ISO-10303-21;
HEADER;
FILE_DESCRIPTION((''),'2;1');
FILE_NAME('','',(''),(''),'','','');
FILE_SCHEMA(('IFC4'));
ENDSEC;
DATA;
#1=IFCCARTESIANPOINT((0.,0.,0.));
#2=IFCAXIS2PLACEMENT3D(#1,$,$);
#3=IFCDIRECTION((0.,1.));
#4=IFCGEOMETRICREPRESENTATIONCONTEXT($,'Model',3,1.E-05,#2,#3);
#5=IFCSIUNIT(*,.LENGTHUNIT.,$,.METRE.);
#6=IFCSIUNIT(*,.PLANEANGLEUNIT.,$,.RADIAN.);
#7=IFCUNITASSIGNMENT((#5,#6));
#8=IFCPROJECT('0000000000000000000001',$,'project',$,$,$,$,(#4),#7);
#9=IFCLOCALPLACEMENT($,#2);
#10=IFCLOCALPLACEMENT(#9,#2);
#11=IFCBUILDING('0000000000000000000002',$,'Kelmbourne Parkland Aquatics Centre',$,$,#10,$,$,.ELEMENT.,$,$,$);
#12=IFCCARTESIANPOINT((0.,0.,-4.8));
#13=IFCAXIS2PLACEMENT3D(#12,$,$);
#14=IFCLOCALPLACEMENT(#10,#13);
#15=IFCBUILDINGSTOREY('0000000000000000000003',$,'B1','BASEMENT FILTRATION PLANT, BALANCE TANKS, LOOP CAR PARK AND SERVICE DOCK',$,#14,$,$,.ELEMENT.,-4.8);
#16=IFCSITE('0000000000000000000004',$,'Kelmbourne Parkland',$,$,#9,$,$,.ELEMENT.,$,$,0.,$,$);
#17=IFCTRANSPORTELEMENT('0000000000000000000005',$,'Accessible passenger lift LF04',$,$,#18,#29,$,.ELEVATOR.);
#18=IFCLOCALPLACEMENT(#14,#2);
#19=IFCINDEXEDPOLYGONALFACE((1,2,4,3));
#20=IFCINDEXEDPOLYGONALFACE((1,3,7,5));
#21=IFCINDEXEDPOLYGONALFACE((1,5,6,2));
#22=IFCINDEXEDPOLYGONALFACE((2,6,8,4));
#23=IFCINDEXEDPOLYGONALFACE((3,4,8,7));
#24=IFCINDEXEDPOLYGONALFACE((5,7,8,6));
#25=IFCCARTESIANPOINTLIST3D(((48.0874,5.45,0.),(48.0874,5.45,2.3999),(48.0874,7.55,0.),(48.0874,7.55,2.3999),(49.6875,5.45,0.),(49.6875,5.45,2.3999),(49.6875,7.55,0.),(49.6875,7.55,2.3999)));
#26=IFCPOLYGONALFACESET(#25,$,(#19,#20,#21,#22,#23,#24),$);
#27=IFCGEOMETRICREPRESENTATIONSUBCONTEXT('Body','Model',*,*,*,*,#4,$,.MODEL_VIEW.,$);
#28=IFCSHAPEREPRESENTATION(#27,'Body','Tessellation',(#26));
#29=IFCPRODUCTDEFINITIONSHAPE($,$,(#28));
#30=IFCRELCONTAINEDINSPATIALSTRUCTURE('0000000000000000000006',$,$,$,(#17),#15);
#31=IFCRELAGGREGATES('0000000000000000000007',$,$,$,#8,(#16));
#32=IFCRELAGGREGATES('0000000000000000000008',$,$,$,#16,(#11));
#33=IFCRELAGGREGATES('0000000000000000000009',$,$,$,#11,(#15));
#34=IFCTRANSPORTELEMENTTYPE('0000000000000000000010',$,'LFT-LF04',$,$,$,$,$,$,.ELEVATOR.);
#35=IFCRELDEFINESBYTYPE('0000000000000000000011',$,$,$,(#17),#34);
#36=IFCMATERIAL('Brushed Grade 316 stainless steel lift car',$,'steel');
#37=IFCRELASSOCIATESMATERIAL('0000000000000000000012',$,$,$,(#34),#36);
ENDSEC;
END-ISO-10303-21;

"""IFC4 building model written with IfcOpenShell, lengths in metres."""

from ifc_helpers import new_model, si_unit, direction, frame, origin, origin_2d, place, context, subcontext, project, spatial, rectangle, extrude, material, type_object, element, save


model = new_model("IFC4")

# Units and contexts
model_context = context("Model", 3, precision=1e-05, world=origin(), true_north=direction((0.0, 1.0)))
body_context = subcontext(model_context, "Body", "Model", "MODEL_VIEW")
ifc_project = project(units=[si_unit("LENGTHUNIT", "METRE"), si_unit("PLANEANGLEUNIT", "RADIAN")], contexts=[model_context])

# Site, building, storey
site_placement = place(None, origin())
site = spatial("IfcSite", under=ifc_project, at=site_placement, Name="Kelmbourne Parkland", CompositionType="ELEMENT", RefElevation=0.0)
building_placement = place(site_placement, origin())
building = spatial("IfcBuilding", under=site, at=building_placement, Name="Kelmbourne Parkland Aquatics Centre", CompositionType="ELEMENT")
storey_placement = place(building_placement, frame((0.0, 0.0, -4.8)))
storey = spatial("IfcBuildingStorey", under=building, at=storey_placement, Name="B1", Description="BASEMENT FILTRATION PLANT, BALANCE TANKS, LOOP CAR PARK AND SERVICE DOCK", CompositionType="ELEMENT", Elevation=-4.8)

# Transport element
ifc_material_1 = material(Name="Brushed Grade 316 stainless steel lift car", Category="steel")
transport_element_type = type_object("IfcTransportElementType", Name="LFT-LF04", PredefinedType="ELEVATOR", material=ifc_material_1)
transport_element_placement = place(storey_placement, frame((48.8875, 6.5, 0.0), z_axis=(0.0, 0.0, 1.0), x_axis=(1.0, 0.0, 0.0)))
element("IfcTransportElement", 1, at=transport_element_placement, inside=storey, type_object=transport_element_type, Name="Accessible passenger lift LF04", PredefinedType="ELEVATOR", context=body_context, shape_type="SweptSolid", body=[
    extrude(rectangle(XDim=1.6001, YDim=2.1001, at=origin_2d()), origin(), (0.0, 0.0, 1.0), 2.3999),
])

save(model, "model.ifc")
